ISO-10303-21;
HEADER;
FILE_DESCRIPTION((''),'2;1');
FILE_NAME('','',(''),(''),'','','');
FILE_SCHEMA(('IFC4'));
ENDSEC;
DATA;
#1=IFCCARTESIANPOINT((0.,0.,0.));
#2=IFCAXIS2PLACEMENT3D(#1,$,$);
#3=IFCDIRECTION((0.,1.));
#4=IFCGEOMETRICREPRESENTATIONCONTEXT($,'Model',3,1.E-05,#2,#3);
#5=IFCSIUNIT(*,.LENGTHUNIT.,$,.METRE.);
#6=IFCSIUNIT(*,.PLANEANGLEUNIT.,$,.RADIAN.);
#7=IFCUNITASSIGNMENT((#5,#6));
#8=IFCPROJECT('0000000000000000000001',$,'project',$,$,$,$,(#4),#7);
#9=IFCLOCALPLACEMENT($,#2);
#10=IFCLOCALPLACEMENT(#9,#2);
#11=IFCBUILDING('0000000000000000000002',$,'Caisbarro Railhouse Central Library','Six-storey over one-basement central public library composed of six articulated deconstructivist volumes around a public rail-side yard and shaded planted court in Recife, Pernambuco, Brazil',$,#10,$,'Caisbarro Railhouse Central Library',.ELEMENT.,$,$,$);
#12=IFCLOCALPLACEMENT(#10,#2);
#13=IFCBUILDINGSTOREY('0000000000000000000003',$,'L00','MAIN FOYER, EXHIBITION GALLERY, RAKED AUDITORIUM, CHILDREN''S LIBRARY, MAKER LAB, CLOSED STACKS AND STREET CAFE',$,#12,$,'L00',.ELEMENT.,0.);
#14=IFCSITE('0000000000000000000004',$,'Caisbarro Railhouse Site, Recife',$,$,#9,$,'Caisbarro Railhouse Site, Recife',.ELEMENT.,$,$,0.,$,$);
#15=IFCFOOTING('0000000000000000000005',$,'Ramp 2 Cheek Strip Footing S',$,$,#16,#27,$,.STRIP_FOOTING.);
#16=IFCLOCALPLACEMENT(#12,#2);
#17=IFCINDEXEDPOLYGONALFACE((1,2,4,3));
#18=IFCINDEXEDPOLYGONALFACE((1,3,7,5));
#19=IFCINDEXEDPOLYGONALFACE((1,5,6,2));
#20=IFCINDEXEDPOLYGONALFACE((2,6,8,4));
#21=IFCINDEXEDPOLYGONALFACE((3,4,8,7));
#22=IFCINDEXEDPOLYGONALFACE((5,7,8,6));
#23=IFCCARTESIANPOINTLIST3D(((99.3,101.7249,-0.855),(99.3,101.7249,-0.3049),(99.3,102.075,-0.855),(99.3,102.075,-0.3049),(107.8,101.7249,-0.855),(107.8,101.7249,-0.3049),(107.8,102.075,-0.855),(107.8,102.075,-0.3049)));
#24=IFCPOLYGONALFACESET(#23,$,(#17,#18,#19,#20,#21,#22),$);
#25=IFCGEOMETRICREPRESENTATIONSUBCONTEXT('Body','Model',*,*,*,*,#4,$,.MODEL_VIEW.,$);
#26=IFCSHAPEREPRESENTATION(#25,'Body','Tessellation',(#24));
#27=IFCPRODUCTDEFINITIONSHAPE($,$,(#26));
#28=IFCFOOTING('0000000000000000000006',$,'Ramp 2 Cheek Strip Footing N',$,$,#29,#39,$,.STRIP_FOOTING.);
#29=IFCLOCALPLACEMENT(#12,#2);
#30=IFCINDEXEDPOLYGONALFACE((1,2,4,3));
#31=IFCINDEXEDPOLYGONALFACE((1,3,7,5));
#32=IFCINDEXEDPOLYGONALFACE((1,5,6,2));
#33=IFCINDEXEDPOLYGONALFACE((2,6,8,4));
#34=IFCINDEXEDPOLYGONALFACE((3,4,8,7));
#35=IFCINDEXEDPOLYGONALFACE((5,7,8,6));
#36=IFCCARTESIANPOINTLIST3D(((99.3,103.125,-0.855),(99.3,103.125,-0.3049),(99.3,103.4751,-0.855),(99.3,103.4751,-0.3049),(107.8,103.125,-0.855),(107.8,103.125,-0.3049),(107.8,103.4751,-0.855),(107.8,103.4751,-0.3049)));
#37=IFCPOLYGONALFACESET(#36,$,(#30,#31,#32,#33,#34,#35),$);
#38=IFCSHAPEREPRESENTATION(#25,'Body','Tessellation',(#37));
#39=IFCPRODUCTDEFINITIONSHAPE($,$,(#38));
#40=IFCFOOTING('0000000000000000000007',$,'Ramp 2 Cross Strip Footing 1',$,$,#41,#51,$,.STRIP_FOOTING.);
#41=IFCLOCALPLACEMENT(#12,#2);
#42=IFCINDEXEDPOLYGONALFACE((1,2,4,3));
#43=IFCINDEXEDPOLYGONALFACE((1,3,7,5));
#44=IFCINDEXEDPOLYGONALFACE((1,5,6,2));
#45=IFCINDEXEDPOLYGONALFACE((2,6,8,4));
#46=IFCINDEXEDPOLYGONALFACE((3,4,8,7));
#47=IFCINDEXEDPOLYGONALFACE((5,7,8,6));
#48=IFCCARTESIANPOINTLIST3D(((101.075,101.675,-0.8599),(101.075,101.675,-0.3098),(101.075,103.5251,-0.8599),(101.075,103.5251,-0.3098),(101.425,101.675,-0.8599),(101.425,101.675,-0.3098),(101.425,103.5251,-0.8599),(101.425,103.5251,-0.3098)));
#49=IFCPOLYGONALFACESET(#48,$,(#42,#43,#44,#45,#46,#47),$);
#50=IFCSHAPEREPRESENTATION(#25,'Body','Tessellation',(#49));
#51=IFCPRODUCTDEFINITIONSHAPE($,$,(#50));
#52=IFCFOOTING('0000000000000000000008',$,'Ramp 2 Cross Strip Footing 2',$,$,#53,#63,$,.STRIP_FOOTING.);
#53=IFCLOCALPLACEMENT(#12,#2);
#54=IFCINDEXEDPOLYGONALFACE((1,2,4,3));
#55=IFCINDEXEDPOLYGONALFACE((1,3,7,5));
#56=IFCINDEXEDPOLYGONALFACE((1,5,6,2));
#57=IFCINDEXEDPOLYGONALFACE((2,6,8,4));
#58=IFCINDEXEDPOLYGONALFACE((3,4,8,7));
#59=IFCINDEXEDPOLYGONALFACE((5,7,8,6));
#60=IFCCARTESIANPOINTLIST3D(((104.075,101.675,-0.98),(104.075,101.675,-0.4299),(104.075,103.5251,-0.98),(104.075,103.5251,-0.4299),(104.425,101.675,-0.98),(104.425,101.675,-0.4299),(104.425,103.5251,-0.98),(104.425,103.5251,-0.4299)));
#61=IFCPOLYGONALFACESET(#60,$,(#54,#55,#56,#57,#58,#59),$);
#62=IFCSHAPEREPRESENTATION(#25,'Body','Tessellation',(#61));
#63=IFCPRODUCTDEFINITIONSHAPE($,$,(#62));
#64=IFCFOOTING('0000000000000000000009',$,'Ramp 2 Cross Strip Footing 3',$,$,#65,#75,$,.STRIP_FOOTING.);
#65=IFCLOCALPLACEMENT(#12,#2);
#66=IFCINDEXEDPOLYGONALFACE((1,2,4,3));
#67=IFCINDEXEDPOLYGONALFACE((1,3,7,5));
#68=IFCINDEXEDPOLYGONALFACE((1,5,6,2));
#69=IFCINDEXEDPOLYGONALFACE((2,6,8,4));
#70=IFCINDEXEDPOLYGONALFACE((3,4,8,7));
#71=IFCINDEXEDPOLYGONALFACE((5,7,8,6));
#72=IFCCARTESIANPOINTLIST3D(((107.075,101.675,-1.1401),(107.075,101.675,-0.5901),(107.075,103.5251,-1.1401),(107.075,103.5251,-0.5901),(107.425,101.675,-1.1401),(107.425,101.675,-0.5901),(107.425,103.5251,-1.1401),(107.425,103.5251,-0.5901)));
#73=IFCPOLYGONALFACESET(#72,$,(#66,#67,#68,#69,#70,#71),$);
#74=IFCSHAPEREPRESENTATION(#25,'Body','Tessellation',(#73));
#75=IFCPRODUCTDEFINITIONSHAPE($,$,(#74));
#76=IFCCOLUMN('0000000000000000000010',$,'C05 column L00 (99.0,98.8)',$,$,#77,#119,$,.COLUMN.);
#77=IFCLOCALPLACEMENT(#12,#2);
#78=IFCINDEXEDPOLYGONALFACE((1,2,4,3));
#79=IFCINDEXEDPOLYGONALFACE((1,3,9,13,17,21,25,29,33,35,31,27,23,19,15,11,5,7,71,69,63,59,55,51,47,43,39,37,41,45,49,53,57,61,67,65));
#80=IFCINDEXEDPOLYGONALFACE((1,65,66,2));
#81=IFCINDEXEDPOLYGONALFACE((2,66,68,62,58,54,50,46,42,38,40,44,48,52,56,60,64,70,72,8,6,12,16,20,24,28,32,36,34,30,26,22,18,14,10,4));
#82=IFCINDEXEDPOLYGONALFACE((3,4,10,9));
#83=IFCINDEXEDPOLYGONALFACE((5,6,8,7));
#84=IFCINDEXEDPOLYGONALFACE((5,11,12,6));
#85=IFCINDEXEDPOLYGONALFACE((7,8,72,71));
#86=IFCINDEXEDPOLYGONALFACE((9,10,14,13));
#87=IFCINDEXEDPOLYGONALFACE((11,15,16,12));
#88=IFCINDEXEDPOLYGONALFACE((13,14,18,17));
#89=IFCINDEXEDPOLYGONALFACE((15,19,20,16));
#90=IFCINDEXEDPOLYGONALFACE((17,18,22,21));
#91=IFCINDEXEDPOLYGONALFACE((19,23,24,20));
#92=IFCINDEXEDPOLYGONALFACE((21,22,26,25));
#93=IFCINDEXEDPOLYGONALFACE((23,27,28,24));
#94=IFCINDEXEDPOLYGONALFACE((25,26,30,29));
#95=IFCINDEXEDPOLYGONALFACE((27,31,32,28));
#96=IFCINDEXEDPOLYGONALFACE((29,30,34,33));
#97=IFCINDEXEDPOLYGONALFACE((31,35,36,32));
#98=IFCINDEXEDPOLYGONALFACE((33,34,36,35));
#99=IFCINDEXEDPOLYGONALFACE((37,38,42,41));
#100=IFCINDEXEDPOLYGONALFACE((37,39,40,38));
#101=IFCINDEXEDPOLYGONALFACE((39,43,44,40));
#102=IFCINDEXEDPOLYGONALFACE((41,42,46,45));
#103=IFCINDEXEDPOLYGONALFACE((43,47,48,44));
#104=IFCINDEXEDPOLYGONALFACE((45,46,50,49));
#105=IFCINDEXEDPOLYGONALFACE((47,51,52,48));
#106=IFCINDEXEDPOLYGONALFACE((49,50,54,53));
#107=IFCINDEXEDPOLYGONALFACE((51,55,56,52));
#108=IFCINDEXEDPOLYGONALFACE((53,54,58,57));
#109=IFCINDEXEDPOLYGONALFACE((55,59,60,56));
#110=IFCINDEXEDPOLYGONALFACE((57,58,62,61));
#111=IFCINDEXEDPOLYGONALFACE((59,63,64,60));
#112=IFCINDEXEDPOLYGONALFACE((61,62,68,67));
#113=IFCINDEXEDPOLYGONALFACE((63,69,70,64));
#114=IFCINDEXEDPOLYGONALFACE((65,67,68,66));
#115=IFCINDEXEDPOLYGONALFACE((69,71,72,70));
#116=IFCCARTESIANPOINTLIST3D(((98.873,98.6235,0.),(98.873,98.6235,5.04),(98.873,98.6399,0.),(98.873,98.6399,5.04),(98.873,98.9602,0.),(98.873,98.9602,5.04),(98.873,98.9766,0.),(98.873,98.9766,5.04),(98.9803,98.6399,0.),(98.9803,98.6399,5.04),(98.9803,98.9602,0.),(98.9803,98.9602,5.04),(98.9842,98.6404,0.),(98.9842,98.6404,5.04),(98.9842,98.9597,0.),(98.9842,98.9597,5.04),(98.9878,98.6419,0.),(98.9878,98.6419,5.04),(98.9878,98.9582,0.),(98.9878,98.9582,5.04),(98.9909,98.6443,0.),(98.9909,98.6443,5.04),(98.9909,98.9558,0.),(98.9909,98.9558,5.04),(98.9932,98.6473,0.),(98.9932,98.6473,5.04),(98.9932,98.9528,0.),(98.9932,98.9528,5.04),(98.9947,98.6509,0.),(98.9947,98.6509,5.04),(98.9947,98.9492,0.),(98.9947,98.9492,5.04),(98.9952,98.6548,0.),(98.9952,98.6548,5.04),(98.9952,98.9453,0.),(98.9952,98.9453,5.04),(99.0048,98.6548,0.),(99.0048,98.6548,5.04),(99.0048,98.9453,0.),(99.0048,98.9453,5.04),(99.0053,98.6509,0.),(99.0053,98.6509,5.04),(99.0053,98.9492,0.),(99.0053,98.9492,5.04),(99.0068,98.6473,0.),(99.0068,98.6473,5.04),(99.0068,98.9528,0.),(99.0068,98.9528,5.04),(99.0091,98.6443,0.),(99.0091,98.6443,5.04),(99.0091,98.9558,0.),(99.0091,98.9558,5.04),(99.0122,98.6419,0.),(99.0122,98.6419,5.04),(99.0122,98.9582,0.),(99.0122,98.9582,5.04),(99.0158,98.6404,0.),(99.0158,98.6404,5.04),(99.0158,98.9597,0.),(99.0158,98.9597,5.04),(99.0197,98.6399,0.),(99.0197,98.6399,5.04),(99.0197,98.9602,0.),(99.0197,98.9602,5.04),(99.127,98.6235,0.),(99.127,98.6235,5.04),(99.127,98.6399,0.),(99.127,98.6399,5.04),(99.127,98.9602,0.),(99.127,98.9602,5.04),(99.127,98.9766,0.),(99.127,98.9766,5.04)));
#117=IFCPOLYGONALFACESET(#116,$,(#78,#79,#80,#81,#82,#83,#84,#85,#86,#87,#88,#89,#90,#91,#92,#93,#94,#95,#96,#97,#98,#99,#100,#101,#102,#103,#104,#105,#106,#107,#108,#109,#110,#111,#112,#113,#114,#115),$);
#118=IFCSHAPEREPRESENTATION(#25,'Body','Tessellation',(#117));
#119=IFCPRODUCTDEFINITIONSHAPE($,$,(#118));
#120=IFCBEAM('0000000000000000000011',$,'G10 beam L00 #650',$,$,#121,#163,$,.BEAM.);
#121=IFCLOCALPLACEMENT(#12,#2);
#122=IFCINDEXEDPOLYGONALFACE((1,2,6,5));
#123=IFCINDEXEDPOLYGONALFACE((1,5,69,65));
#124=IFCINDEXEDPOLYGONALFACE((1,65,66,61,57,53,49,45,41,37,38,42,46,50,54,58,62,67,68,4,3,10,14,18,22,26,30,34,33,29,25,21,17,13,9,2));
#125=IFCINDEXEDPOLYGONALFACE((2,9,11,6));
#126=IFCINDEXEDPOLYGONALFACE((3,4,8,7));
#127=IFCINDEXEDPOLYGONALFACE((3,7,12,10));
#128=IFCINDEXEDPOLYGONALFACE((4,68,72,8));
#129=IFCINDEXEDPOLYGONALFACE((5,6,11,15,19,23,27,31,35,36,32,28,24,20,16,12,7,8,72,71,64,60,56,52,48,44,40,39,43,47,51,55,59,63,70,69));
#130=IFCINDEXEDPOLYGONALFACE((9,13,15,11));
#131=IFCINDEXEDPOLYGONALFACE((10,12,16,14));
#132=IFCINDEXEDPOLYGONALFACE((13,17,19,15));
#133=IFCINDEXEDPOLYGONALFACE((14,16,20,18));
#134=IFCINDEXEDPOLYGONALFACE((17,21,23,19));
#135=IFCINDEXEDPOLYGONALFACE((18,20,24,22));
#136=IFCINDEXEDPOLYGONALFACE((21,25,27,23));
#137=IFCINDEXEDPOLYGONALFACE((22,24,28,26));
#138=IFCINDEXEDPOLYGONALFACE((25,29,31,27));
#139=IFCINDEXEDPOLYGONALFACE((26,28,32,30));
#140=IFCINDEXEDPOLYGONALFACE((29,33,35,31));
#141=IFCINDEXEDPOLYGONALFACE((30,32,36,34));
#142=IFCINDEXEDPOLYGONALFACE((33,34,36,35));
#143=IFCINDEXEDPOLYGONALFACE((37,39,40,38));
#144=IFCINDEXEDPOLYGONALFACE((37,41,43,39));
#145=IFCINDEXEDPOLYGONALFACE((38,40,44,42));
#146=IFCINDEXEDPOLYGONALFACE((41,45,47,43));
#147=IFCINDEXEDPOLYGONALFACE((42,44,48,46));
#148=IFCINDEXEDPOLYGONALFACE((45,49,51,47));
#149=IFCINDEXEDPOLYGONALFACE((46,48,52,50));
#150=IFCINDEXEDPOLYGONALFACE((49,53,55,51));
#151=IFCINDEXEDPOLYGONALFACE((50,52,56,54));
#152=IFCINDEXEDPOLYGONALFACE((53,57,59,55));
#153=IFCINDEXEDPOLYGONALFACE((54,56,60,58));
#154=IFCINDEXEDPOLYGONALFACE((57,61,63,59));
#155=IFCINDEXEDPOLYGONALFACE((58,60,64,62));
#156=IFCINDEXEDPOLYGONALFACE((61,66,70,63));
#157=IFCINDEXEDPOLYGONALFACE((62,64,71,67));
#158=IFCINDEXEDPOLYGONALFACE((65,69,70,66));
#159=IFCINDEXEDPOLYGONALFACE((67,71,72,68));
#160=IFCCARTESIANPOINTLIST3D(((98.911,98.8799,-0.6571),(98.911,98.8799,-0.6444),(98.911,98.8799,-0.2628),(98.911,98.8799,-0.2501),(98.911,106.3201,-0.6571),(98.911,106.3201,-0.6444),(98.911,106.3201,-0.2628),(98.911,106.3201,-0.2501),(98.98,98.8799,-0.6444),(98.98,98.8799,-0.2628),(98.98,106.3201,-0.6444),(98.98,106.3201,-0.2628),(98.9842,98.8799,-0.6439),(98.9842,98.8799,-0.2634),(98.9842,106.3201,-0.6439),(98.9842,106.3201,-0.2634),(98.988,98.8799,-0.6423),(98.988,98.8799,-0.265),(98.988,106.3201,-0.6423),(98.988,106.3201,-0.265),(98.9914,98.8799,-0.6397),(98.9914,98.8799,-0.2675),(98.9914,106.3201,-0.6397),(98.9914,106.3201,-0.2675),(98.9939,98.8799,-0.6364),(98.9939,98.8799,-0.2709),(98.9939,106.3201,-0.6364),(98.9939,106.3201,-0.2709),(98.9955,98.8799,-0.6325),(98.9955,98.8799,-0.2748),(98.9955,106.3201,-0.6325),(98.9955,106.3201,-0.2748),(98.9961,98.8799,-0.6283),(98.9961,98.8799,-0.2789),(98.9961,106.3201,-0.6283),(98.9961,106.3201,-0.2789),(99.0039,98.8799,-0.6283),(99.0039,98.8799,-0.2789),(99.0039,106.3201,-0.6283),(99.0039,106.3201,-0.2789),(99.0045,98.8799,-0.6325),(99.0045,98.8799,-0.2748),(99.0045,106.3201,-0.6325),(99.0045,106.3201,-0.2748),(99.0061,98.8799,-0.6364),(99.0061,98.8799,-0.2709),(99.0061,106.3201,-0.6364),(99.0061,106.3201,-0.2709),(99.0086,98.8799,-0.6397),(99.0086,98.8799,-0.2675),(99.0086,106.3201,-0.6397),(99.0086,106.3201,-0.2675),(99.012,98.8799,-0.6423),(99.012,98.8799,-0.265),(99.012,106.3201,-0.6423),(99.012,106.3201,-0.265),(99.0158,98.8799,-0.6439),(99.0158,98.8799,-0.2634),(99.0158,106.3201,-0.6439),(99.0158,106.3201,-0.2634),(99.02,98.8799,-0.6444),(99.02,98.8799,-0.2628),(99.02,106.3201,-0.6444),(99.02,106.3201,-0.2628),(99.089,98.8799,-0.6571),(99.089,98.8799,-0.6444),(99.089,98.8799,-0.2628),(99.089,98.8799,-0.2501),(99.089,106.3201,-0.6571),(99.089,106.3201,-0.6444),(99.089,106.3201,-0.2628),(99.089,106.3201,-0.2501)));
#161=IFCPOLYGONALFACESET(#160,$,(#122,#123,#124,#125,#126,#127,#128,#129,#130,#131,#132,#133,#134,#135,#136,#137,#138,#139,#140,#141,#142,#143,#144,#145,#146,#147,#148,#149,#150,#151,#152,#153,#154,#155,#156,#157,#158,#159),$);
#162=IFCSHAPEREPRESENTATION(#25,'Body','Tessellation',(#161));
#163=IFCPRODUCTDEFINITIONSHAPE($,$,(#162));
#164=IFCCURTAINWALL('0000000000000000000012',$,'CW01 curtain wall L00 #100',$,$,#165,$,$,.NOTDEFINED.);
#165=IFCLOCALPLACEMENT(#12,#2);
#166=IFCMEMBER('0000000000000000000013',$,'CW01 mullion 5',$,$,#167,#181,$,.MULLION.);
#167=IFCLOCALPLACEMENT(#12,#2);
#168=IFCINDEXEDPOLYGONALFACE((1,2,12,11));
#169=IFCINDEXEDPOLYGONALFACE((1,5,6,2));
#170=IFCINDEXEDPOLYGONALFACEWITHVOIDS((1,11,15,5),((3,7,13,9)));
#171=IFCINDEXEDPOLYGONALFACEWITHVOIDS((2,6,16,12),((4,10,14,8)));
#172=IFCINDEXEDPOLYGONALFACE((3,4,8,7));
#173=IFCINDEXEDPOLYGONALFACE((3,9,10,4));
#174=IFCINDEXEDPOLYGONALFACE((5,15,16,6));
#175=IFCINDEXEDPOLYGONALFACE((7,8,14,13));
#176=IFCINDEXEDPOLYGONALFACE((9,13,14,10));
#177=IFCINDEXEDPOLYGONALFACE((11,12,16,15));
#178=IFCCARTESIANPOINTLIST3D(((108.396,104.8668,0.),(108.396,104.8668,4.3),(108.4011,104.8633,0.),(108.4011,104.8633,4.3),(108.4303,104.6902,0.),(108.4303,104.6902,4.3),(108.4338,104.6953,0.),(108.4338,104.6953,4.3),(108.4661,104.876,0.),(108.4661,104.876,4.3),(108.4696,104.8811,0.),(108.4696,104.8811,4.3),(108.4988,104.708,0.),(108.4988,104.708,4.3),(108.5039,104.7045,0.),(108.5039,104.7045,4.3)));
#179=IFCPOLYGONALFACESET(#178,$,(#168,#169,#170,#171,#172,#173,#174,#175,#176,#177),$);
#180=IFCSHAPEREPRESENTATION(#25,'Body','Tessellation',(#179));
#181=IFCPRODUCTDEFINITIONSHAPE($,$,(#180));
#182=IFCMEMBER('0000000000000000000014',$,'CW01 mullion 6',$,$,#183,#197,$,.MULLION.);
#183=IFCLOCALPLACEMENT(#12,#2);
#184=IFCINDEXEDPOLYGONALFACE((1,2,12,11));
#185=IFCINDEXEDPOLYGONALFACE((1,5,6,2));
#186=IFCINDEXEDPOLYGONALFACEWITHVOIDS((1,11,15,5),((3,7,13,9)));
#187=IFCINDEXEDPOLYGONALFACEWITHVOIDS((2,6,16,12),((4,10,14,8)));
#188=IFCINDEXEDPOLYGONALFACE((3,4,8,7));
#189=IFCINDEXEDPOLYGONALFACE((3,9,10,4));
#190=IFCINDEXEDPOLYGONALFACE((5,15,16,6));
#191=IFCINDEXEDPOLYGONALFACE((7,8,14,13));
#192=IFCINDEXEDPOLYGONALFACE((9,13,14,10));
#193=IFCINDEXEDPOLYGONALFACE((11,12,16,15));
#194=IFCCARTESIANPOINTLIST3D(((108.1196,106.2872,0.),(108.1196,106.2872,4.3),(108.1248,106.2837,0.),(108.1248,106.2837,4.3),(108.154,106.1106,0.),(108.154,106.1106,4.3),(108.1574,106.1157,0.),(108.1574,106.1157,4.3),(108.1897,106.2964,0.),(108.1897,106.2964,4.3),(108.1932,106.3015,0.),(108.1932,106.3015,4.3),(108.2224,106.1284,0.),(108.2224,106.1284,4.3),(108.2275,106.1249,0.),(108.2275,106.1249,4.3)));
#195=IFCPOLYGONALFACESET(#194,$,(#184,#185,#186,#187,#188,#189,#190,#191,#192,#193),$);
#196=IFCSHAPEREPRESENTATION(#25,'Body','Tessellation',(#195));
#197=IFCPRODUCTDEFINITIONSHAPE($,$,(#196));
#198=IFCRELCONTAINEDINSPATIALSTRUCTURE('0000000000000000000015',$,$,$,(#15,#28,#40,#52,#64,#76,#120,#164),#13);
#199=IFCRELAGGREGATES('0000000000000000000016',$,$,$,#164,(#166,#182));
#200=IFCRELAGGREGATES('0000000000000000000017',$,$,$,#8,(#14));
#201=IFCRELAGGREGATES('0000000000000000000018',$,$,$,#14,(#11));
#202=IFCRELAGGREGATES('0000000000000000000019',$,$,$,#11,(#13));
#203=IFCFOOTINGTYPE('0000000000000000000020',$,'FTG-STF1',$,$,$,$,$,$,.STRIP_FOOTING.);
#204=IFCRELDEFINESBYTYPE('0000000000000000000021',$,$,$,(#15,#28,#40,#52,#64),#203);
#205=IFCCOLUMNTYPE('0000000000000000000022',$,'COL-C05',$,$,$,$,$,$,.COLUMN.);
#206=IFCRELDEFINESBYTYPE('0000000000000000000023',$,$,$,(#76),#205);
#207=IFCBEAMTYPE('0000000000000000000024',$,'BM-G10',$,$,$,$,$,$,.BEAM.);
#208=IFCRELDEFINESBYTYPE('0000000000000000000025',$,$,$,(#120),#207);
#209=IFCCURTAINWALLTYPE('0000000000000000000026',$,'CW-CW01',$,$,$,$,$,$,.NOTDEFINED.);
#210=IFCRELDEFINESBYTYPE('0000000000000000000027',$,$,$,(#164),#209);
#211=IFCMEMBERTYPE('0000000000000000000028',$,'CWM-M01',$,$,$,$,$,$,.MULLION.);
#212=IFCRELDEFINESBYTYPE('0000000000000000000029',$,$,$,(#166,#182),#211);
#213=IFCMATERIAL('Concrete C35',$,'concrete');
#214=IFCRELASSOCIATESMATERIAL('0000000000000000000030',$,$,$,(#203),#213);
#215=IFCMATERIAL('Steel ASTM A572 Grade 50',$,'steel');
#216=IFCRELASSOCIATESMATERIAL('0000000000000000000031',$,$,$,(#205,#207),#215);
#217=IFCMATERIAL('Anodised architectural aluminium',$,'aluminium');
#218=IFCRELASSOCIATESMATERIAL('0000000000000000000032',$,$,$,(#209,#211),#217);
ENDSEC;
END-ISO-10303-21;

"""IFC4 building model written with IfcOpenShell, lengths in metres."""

from ifc_helpers import new_model, si_unit, direction, frame, origin, origin_2d, place, context, subcontext, project, spatial, rectangle, hollow_rectangle, i_section, extrude, material, material_profile, profile_set, type_object, element, aggregate, save


model = new_model("IFC4")

# Units and contexts
model_context = context("Model", 3, precision=1e-05, world=origin(), true_north=direction((0.0, 1.0)))
body_context = subcontext(model_context, "Body", "Model", "MODEL_VIEW")
ifc_project = project(units=[si_unit("LENGTHUNIT", "METRE"), si_unit("PLANEANGLEUNIT", "RADIAN")], contexts=[model_context])

# Site, building, storey
site_placement = place(None, origin())
site = spatial("IfcSite", under=ifc_project, at=site_placement, Name="Caisbarro Railhouse Site, Recife", LongName="Caisbarro Railhouse Site, Recife", CompositionType="ELEMENT", RefElevation=0.0)
building_placement = place(site_placement, origin())
building = spatial("IfcBuilding", under=site, at=building_placement, Name="Caisbarro Railhouse Central Library", Description="Six-storey over one-basement central public library composed of six articulated deconstructivist volumes around a public rail-side yard and shaded planted court in Recife, Pernambuco, Brazil", LongName="Caisbarro Railhouse Central Library", CompositionType="ELEMENT")
storey_placement = place(building_placement, origin())
storey = spatial("IfcBuildingStorey", under=building, at=storey_placement, Name="L00", Description="MAIN FOYER, EXHIBITION GALLERY, RAKED AUDITORIUM, CHILDREN'S LIBRARY, MAKER LAB, CLOSED STACKS AND STREET CAFE", LongName="L00", CompositionType="ELEMENT", Elevation=0.0)

# Footings
ifc_material_1 = material(Name="Concrete C35", Category="concrete")
footing_type = type_object("IfcFootingType", Name="FTG-STF1", PredefinedType="STRIP_FOOTING", material=ifc_material_1)
for number, where, z_axis, x_axis, name in (
    (1, (103.55, 101.8999, -0.855), (0.0, 0.0, 1.0), (1.0, 0.0, 0.0), "Ramp 2 Cheek Strip Footing S"),
    (2, (103.55, 103.3, -0.855), (0.0, 0.0, 1.0), (1.0, 0.0, 0.0), "Ramp 2 Cheek Strip Footing N"),
):
    element("IfcFooting", number, at=place(storey_placement, frame(where, z_axis=z_axis, x_axis=x_axis)), inside=storey, type_object=footing_type, Name=name, PredefinedType="STRIP_FOOTING", context=body_context, shape_type="SweptSolid", body=[
        extrude(rectangle(XDim=8.5, YDim=0.3501, at=origin_2d()), origin(), (0.0, 0.0, 1.0), 0.55),
    ])
for number, where, z_axis, x_axis, name in (
    (3, (101.25, 102.6001, -0.8599), (0.0, 0.0, 1.0), (1.0, 0.0, 0.0), "Ramp 2 Cross Strip Footing 1"),
    (4, (104.25, 102.6001, -0.98), (0.0, 0.0, 1.0), (1.0, 0.0, 0.0), "Ramp 2 Cross Strip Footing 2"),
    (5, (107.25, 102.6001, -1.1401), (0.0, 0.0, 1.0), (1.0, 0.0, 0.0), "Ramp 2 Cross Strip Footing 3"),
):
    element("IfcFooting", number, at=place(storey_placement, frame(where, z_axis=z_axis, x_axis=x_axis)), inside=storey, type_object=footing_type, Name=name, PredefinedType="STRIP_FOOTING", context=body_context, shape_type="SweptSolid", body=[
        extrude(rectangle(XDim=0.3501, YDim=1.8501, at=origin_2d()), origin(), (0.0, 0.0, 1.0), 0.55),
    ])

# Column
ifc_material_2 = material(Name="Steel ASTM A572 Grade 50", Category="steel")
ifc_material_profile_1 = material_profile(ifc_material_2, i_section(OverallWidth=0.2539, OverallDepth=0.353, WebThickness=0.0095, FlangeThickness=0.0164, FilletRadius=0.0149, at=origin_2d()), Name="W360X91.0")
ifc_profile_set_1 = profile_set([ifc_material_profile_1], Name="Steel ASTM A572 Grade 50")
column_type = type_object("IfcColumnType", Name="COL-C05", PredefinedType="COLUMN", material=ifc_profile_set_1)
column_placement = place(storey_placement, frame((99.0, 98.8, 0.0), z_axis=(0.0, 0.0, 1.0), x_axis=(1.0, 0.0, 0.0)))
element("IfcColumn", 6, at=column_placement, inside=storey, type_object=column_type, Name="C05 column L00 (99.0,98.8)", PredefinedType="COLUMN", context=body_context, shape_type="SweptSolid", body=[
    extrude(i_section(OverallWidth=0.2539, OverallDepth=0.353, WebThickness=0.0095, FlangeThickness=0.0164, FilletRadius=0.0149, at=origin_2d()), origin(), (0.0, 0.0, 1.0), 5.04),
])

# Beam
ifc_material_profile_2 = material_profile(ifc_material_2, i_section(OverallWidth=0.178, OverallDepth=0.407, WebThickness=0.0078, FlangeThickness=0.0127, FilletRadius=0.0161, at=origin_2d()), Name="W410X60.0")
ifc_profile_set_2 = profile_set([ifc_material_profile_2], Name="Steel ASTM A572 Grade 50")
beam_type = type_object("IfcBeamType", Name="BM-G10", PredefinedType="BEAM", material=ifc_profile_set_2)
beam_placement = place(storey_placement, frame((99.0, 98.8799, -0.4536), z_axis=(0.0, 1.0, 0.0), x_axis=(-1.0, 0.0, 0.0)))
element("IfcBeam", 7, at=beam_placement, inside=storey, type_object=beam_type, Name="G10 beam L00 #650", PredefinedType="BEAM", context=body_context, shape_type="SweptSolid", body=[
    extrude(i_section(OverallWidth=0.178, OverallDepth=0.407, WebThickness=0.0078, FlangeThickness=0.0127, FilletRadius=0.0161, at=origin_2d()), origin(), (0.0, 0.0, 1.0), 7.4402),
])

# Curtain wall, members
ifc_material_3 = material(Name="Anodised architectural aluminium", Category="aluminium")
curtain_wall_type = type_object("IfcCurtainWallType", Name="CW-CW01", PredefinedType="NOTDEFINED", material=ifc_material_3)
curtain_wall_placement = place(storey_placement, origin())
curtain_wall = element("IfcCurtainWall", 8, at=curtain_wall_placement, inside=storey, type_object=curtain_wall_type, Name="CW01 curtain wall L00 #100", PredefinedType="NOTDEFINED")
ifc_material_profile_3 = material_profile(ifc_material_3, hollow_rectangle(XDim=0.075, YDim=0.1799, WallThickness=0.0044, at=origin_2d()), Name="ALU-MUL-75X180")
ifc_profile_set_3 = profile_set([ifc_material_profile_3], Name="Anodised architectural aluminium")
member_type_1 = type_object("IfcMemberType", Name="CWM-M01", PredefinedType="MULLION", material=ifc_profile_set_3)
member_1_placement = place(storey_placement, frame((108.45, 104.7856, 0.0), z_axis=(0.0, 0.0, 1.0), x_axis=(-0.981607, -0.190911, 0.0)))
member_1 = element("IfcMember", 9, at=member_1_placement, type_object=member_type_1, Name="CW01 mullion 5", PredefinedType="MULLION", context=body_context, shape_type="SweptSolid", body=[
    extrude(hollow_rectangle(XDim=0.075, YDim=0.1799, WallThickness=0.0044, at=origin_2d()), origin(), (0.0, 0.0, 1.0), 4.3),
])
member_2_placement = place(storey_placement, frame((108.1736, 106.2061, 0.0), z_axis=(0.0, 0.0, 1.0), x_axis=(-0.981607, -0.190911, 0.0)))
member_2 = element("IfcMember", 10, at=member_2_placement, type_object=member_type_1, Name="CW01 mullion 6", PredefinedType="MULLION", context=body_context, shape_type="SweptSolid", body=[
    extrude(hollow_rectangle(XDim=0.075, YDim=0.1799, WallThickness=0.0044, at=origin_2d()), origin(), (0.0, 0.0, 1.0), 4.3),
])
aggregate(curtain_wall, [member_1, member_2])

save(model, "model.ifc")
